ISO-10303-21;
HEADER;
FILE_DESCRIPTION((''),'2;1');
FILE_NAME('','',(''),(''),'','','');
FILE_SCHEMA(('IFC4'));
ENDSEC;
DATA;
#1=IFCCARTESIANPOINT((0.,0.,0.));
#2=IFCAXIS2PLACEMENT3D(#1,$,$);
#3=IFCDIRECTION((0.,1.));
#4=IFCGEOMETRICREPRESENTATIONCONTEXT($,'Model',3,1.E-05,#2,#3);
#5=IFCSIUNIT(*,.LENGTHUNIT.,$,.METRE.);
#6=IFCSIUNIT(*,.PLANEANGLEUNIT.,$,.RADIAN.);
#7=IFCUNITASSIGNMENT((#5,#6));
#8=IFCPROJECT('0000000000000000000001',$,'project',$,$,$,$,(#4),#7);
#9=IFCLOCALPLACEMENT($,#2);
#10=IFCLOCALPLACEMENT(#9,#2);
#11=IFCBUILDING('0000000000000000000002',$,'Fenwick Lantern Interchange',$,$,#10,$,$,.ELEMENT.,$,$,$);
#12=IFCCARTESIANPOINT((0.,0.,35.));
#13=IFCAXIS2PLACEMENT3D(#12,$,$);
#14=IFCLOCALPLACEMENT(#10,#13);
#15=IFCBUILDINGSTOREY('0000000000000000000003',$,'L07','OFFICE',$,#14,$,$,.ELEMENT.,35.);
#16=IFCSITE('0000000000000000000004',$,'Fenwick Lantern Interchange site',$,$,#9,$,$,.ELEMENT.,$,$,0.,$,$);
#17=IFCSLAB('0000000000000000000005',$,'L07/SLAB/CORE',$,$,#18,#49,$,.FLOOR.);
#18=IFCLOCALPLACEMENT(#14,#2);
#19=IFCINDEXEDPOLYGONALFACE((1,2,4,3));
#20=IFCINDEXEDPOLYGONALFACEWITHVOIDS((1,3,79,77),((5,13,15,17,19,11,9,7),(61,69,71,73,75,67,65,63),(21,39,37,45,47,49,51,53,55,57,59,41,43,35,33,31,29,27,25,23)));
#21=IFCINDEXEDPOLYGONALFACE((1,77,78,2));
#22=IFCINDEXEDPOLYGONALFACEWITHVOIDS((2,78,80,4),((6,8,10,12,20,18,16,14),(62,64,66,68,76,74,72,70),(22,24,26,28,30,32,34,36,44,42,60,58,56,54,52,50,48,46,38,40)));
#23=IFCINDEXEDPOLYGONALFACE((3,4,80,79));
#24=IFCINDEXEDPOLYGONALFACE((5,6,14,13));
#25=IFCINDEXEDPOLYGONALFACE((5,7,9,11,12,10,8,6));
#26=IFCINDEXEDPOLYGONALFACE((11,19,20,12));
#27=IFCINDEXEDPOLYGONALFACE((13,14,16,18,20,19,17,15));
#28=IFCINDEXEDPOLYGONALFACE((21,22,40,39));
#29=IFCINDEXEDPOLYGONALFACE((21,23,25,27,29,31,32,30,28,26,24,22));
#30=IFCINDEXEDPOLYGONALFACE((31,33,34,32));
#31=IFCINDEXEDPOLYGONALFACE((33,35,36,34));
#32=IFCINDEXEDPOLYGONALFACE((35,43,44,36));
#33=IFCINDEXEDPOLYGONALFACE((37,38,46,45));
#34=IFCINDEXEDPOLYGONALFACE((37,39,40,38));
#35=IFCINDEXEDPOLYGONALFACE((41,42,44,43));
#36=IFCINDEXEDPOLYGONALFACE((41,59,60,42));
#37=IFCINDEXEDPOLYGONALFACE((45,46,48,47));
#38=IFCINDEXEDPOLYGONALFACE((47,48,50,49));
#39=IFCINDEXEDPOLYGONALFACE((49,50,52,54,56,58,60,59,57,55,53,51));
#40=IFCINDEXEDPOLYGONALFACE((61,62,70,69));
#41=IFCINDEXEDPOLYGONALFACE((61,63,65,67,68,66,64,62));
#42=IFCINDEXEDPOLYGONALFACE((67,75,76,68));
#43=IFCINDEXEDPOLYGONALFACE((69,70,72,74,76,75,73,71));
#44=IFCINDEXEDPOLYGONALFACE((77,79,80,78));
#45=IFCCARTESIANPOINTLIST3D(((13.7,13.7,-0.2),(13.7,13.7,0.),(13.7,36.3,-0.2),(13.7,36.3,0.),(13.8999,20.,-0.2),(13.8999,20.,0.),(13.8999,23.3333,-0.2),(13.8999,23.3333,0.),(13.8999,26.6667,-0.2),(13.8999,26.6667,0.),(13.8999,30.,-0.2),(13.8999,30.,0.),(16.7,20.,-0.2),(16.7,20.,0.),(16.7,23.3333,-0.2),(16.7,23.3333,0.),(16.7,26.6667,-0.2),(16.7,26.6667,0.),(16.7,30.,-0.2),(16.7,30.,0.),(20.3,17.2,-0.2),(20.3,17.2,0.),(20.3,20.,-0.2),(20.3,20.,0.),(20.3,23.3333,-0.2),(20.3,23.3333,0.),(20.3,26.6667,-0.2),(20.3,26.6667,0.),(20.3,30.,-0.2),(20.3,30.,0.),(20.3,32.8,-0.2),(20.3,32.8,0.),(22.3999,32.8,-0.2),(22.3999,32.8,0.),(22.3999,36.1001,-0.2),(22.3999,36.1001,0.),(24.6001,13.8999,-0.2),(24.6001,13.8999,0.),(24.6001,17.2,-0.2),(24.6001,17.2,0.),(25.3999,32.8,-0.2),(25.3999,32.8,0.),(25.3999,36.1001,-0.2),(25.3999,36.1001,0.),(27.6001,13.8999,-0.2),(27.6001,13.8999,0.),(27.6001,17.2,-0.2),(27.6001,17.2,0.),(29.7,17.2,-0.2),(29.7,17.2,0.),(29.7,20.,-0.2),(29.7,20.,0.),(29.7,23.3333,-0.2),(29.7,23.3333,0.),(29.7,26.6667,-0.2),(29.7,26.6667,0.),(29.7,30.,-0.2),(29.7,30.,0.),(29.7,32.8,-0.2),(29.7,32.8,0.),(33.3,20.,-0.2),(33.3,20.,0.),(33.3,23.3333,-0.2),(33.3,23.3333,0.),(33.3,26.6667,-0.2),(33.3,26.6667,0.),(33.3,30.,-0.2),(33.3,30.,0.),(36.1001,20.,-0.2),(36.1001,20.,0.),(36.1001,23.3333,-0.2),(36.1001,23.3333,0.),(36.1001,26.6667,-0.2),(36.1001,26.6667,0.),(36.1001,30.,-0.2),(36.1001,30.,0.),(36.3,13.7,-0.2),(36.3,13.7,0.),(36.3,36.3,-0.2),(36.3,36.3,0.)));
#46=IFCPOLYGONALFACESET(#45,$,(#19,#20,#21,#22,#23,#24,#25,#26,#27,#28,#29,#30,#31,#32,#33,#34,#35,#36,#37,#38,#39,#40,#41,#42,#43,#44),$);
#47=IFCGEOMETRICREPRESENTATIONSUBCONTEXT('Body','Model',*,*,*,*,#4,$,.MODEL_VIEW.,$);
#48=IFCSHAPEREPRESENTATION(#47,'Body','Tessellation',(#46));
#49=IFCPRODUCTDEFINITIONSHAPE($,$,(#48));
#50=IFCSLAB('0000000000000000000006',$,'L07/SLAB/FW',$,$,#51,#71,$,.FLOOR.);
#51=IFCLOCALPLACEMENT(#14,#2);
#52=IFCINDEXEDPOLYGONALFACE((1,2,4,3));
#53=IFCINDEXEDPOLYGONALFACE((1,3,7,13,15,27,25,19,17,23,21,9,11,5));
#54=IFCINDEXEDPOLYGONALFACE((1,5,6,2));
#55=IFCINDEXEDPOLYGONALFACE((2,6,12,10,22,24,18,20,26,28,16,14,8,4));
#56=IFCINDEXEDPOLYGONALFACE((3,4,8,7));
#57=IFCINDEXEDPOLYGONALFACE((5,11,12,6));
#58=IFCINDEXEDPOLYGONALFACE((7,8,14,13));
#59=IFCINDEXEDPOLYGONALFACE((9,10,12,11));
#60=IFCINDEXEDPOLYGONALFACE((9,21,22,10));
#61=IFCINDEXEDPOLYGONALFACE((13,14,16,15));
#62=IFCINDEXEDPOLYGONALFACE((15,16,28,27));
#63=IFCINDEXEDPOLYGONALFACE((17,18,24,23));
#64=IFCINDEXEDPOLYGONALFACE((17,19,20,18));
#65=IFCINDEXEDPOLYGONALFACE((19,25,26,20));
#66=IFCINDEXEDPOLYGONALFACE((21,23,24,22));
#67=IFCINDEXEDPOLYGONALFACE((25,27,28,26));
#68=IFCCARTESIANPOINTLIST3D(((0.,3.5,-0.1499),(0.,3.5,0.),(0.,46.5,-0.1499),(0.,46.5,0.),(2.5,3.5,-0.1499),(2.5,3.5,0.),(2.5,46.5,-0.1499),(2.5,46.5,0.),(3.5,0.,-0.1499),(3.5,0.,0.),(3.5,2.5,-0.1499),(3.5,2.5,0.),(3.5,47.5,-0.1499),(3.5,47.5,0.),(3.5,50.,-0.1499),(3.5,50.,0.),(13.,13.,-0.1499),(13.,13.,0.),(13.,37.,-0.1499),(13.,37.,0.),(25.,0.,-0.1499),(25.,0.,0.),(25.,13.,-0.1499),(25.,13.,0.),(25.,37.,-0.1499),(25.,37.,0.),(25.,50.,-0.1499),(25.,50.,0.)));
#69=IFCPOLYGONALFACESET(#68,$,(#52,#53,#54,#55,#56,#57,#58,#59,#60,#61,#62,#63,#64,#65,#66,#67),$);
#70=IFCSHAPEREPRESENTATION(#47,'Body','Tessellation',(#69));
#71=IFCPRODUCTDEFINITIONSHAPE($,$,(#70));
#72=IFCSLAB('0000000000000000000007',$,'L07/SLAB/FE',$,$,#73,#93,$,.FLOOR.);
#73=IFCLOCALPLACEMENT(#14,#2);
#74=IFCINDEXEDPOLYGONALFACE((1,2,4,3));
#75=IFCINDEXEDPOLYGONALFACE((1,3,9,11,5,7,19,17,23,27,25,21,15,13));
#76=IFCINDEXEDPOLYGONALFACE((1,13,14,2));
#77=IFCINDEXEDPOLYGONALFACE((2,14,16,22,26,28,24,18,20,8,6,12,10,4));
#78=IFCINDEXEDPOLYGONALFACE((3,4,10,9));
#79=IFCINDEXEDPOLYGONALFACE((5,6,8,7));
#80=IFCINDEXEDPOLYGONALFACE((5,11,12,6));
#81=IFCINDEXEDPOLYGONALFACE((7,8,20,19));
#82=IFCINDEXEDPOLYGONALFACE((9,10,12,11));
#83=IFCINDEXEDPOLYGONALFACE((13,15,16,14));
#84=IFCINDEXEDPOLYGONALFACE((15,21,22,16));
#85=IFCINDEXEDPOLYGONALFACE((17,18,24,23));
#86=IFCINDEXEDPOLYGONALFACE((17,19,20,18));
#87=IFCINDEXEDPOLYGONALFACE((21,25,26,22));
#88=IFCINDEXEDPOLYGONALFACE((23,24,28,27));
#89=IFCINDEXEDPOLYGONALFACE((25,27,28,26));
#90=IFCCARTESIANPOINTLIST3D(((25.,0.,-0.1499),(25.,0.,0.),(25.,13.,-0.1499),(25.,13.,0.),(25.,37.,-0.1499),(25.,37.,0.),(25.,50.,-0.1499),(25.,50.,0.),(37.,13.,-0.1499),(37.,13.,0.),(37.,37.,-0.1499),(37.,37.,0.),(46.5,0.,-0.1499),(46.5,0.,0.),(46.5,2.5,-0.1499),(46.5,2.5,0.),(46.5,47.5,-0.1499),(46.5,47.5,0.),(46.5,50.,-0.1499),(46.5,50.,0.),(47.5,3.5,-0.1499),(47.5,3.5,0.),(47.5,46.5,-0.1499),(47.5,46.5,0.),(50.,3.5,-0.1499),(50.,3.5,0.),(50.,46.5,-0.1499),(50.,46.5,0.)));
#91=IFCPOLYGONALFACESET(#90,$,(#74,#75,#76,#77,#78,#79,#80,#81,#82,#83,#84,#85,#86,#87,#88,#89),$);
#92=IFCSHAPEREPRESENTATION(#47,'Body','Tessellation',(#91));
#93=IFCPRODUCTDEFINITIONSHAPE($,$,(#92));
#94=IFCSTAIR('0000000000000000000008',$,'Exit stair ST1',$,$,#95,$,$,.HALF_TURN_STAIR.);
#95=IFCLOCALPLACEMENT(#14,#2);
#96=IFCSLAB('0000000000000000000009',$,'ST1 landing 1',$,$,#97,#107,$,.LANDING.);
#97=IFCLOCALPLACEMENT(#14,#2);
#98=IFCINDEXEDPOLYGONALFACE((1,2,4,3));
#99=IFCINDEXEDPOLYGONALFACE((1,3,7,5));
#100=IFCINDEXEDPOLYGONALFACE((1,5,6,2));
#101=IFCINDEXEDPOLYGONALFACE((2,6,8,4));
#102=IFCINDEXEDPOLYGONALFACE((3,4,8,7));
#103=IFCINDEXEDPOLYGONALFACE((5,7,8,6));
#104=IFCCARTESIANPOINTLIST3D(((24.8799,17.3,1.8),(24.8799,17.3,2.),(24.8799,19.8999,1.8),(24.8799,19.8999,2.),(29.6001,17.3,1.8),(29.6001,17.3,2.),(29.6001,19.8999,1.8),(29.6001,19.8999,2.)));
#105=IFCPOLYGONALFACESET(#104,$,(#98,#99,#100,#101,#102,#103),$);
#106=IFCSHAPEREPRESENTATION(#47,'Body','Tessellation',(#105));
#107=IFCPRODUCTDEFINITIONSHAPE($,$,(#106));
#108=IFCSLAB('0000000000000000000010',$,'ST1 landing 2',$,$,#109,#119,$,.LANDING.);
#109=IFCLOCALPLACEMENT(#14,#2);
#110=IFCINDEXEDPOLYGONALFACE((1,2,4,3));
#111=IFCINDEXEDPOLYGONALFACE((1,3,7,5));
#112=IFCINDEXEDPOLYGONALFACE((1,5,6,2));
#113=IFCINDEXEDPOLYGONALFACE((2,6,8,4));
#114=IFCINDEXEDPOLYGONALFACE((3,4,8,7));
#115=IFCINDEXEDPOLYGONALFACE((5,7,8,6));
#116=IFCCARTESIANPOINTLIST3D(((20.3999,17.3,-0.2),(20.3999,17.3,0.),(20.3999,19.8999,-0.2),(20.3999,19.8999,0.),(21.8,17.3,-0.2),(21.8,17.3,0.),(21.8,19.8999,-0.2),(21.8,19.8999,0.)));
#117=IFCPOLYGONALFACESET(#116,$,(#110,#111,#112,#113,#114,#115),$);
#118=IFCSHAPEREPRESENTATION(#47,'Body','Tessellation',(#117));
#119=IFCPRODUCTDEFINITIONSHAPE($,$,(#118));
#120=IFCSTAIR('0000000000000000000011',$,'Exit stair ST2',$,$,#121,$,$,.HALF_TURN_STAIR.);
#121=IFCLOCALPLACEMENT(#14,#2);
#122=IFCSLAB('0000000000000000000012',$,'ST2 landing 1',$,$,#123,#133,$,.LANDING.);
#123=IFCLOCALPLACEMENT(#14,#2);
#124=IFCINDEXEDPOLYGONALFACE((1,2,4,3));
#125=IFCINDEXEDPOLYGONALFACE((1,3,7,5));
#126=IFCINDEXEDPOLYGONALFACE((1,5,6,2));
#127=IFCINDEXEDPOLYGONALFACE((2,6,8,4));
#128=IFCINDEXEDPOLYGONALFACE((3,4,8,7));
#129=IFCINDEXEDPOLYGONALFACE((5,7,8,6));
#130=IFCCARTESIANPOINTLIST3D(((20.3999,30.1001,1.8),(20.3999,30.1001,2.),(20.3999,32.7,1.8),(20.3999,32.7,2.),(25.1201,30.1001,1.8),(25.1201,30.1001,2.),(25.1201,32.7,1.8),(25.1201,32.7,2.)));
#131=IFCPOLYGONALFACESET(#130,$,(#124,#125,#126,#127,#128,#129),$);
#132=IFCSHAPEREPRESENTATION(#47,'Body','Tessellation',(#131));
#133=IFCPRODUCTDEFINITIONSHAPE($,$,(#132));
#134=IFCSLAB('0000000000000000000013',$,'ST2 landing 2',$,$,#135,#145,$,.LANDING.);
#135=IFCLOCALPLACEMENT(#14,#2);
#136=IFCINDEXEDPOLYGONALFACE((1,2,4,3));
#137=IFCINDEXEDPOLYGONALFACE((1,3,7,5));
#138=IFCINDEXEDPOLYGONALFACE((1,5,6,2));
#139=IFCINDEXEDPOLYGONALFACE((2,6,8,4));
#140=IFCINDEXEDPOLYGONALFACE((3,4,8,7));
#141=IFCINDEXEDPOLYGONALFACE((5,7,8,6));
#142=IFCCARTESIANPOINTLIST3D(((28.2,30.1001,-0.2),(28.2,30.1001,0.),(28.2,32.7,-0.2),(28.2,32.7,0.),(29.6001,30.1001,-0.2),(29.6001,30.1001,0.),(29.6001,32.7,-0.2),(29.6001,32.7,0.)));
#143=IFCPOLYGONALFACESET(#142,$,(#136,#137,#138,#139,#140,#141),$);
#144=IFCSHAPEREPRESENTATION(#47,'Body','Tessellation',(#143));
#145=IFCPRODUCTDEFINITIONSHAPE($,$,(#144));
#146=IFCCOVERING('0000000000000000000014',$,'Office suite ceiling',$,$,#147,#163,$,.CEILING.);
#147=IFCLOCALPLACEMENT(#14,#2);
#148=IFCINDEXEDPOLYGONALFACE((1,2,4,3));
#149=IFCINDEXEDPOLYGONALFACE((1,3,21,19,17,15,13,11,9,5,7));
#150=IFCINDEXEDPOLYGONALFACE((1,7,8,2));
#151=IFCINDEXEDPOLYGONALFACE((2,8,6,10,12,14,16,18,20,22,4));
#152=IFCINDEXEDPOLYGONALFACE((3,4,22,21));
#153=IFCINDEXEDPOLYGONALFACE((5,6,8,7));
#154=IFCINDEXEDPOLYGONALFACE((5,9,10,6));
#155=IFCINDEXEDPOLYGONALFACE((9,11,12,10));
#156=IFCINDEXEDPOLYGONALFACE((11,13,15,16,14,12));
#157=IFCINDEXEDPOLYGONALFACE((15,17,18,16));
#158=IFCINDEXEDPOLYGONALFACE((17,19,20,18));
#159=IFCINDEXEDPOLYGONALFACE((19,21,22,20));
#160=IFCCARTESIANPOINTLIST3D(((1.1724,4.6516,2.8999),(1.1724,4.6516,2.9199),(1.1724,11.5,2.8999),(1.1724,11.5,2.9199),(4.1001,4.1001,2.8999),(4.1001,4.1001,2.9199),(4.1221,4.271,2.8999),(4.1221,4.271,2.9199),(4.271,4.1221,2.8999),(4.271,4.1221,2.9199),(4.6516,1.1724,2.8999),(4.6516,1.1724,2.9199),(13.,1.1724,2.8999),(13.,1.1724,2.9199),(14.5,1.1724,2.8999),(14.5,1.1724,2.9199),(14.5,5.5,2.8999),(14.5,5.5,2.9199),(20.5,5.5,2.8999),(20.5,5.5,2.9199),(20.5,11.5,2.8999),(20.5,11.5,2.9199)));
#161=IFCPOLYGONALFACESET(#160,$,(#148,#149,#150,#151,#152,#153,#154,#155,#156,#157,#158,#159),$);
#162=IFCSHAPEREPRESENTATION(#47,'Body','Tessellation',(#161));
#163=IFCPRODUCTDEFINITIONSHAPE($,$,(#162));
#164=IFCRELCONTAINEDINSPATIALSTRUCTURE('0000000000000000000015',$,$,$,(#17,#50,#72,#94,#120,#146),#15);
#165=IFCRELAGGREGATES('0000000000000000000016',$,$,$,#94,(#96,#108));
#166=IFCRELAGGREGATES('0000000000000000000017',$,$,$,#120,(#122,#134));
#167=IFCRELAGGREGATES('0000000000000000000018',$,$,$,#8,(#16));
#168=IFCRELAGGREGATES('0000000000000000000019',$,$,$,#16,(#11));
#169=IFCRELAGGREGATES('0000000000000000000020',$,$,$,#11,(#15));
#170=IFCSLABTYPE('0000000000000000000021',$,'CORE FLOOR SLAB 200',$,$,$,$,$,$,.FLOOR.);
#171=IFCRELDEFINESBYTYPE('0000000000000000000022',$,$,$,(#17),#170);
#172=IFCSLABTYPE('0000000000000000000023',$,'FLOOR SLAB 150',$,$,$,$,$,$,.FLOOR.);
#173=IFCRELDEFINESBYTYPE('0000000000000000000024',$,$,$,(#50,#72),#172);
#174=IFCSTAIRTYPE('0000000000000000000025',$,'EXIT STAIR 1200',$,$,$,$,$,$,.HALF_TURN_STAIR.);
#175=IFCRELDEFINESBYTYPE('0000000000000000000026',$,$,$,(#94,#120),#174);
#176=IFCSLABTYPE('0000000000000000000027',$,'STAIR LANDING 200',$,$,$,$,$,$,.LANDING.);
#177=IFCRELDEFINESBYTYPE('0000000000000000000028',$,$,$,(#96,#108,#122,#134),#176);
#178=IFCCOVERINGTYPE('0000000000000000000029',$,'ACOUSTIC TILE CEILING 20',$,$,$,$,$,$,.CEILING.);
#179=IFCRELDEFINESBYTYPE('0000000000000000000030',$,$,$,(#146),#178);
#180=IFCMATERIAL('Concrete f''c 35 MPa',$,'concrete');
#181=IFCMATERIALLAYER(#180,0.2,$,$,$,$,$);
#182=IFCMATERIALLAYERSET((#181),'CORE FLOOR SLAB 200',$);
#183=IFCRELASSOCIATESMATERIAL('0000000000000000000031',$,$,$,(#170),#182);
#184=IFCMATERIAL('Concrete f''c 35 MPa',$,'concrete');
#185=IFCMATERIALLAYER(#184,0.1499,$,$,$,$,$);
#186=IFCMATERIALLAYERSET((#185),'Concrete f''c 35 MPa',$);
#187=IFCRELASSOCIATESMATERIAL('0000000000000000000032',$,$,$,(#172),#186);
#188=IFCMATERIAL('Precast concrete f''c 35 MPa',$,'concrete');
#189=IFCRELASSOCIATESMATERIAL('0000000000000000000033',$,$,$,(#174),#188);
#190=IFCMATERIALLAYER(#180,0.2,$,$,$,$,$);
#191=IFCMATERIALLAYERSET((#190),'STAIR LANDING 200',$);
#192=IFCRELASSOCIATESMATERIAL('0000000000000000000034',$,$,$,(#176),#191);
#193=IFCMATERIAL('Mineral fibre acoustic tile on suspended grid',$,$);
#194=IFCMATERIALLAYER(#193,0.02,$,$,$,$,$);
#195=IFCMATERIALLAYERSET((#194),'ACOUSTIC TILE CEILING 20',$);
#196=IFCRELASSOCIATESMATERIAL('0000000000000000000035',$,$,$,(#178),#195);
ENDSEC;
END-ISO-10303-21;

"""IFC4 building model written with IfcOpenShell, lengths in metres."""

from ifc_helpers import new_model, si_unit, direction, frame, origin, place, context, subcontext, project, spatial, polyline, outline, extrude, material, layer, layer_set, type_object, element, aggregate, save


model = new_model("IFC4")

# Units and contexts
model_context = context("Model", 3, precision=1e-05, world=origin(), true_north=direction((0.0, 1.0)))
body_context = subcontext(model_context, "Body", "Model", "MODEL_VIEW")
ifc_project = project(units=[si_unit("LENGTHUNIT", "METRE"), si_unit("PLANEANGLEUNIT", "RADIAN")], contexts=[model_context])

# Site, building, storey
site_placement = place(None, origin())
site = spatial("IfcSite", under=ifc_project, at=site_placement, Name="Fenwick Lantern Interchange site", CompositionType="ELEMENT", RefElevation=0.0)
building_placement = place(site_placement, origin())
building = spatial("IfcBuilding", under=site, at=building_placement, Name="Fenwick Lantern Interchange", CompositionType="ELEMENT")
storey_placement = place(building_placement, frame((0.0, 0.0, 35.0)))
storey = spatial("IfcBuildingStorey", under=building, at=storey_placement, Name="L07", Description="OFFICE", CompositionType="ELEMENT", Elevation=35.0)

# Slabs
ifc_material_1 = material(Name="Concrete f'c 35 MPa", Category="concrete")
ifc_layer_1 = layer(ifc_material_1, 0.2)
ifc_layer_set_1 = layer_set([ifc_layer_1], Name="CORE FLOOR SLAB 200")
slab_type_1 = type_object("IfcSlabType", Name="CORE FLOOR SLAB 200", PredefinedType="FLOOR", material=ifc_layer_set_1)
slab_1_placement = place(storey_placement, frame((0.0, 0.0, -0.2)))
element("IfcSlab", 1, at=slab_1_placement, inside=storey, type_object=slab_type_1, Name="L07/SLAB/CORE", PredefinedType="FLOOR", context=body_context, shape_type="SweptSolid", body=[
    extrude(outline(polyline([(13.7, 36.3), (36.3, 36.3), (36.3, 13.7), (13.7, 13.7), (13.7, 36.3)]), holes=[polyline([(13.8999, 20.0), (16.7, 20.0), (16.7, 23.3333), (16.7, 26.6667), (16.7, 30.0), (13.8999, 30.0), (13.8999, 26.6667), (13.8999, 23.3333), (13.8999, 20.0)]), polyline([(20.3, 20.0), (20.3, 17.2), (24.6001, 17.2), (24.6001, 13.8999), (27.6001, 13.8999), (27.6001, 17.2), (29.7, 17.2), (29.7, 20.0), (29.7, 23.3333), (29.7, 26.6667), (29.7, 30.0), (29.7, 32.8), (25.3999, 32.8), (25.3999, 36.1001), (22.3999, 36.1001), (22.3999, 32.8), (20.3, 32.8), (20.3, 30.0), (20.3, 26.6667), (20.3, 23.3333), (20.3, 20.0)]), polyline([(33.3, 23.3333), (33.3, 20.0), (36.1001, 20.0), (36.1001, 23.3333), (36.1001, 26.6667), (36.1001, 30.0), (33.3, 30.0), (33.3, 26.6667), (33.3, 23.3333)])]), origin(), (0.0, 0.0, 1.0), 0.2),
])
ifc_material_2 = material(Name="Concrete f'c 35 MPa", Category="concrete")
ifc_layer_2 = layer(ifc_material_2, 0.1499)
ifc_layer_set_2 = layer_set([ifc_layer_2], Name="Concrete f'c 35 MPa")
slab_type_2 = type_object("IfcSlabType", Name="FLOOR SLAB 150", PredefinedType="FLOOR", material=ifc_layer_set_2)
slab_2_placement = place(storey_placement, frame((0.0, 0.0, -0.1499)))
element("IfcSlab", 2, at=slab_2_placement, inside=storey, type_object=slab_type_2, Name="L07/SLAB/FW", PredefinedType="FLOOR", context=body_context, shape_type="SweptSolid", body=[
    extrude(outline(polyline([(3.5, 0.0), (3.5, 2.5), (2.5, 3.5), (0.0, 3.5), (0.0, 46.5), (2.5, 46.5), (3.5, 47.5), (3.5, 50.0), (25.0, 50.0), (25.0, 37.0), (13.0, 37.0), (13.0, 13.0), (25.0, 13.0), (25.0, 0.0), (3.5, 0.0)])), origin(), (0.0, 0.0, 1.0), 0.1499),
])
slab_3_placement = place(storey_placement, frame((0.0, 0.0, -0.1499)))
element("IfcSlab", 3, at=slab_3_placement, inside=storey, type_object=slab_type_2, Name="L07/SLAB/FE", PredefinedType="FLOOR", context=body_context, shape_type="SweptSolid", body=[
    extrude(outline(polyline([(46.5, 50.0), (46.5, 47.5), (47.5, 46.5), (50.0, 46.5), (50.0, 3.5), (47.5, 3.5), (46.5, 2.5), (46.5, 0.0), (25.0, 0.0), (25.0, 13.0), (37.0, 13.0), (37.0, 37.0), (25.0, 37.0), (25.0, 50.0), (46.5, 50.0)])), origin(), (0.0, 0.0, 1.0), 0.1499),
])

# Stairs, slabs
ifc_material_3 = material(Name="Precast concrete f'c 35 MPa", Category="concrete")
stair_type = type_object("IfcStairType", Name="EXIT STAIR 1200", PredefinedType="HALF_TURN_STAIR", material=ifc_material_3)
stair_1_placement = place(storey_placement, origin())
stair_1 = element("IfcStair", 4, at=stair_1_placement, inside=storey, type_object=stair_type, Name="Exit stair ST1", PredefinedType="HALF_TURN_STAIR")
ifc_layer_3 = layer(ifc_material_1, 0.2)
ifc_layer_set_3 = layer_set([ifc_layer_3], Name="STAIR LANDING 200")
slab_type_3 = type_object("IfcSlabType", Name="STAIR LANDING 200", PredefinedType="LANDING", material=ifc_layer_set_3)
slab_4_placement = place(storey_placement, frame((0.0, 0.0, 1.8)))
slab_4 = element("IfcSlab", 5, at=slab_4_placement, type_object=slab_type_3, Name="ST1 landing 1", PredefinedType="LANDING", context=body_context, shape_type="SweptSolid", body=[
    extrude(outline(polyline([(24.8799, 17.3), (29.6001, 17.3), (29.6001, 19.8999), (24.8799, 19.8999), (24.8799, 17.3)])), origin(), (0.0, 0.0, 1.0), 0.2),
])
slab_5_placement = place(storey_placement, frame((0.0, 0.0, -0.2)))
slab_5 = element("IfcSlab", 6, at=slab_5_placement, type_object=slab_type_3, Name="ST1 landing 2", PredefinedType="LANDING", context=body_context, shape_type="SweptSolid", body=[
    extrude(outline(polyline([(20.3999, 17.3), (21.8, 17.3), (21.8, 19.8999), (20.3999, 19.8999), (20.3999, 17.3)])), origin(), (0.0, 0.0, 1.0), 0.2),
])
aggregate(stair_1, [slab_4, slab_5])
stair_2_placement = place(storey_placement, origin())
stair_2 = element("IfcStair", 7, at=stair_2_placement, inside=storey, type_object=stair_type, Name="Exit stair ST2", PredefinedType="HALF_TURN_STAIR")
slab_6_placement = place(storey_placement, frame((0.0, 0.0, 1.8)))
slab_6 = element("IfcSlab", 8, at=slab_6_placement, type_object=slab_type_3, Name="ST2 landing 1", PredefinedType="LANDING", context=body_context, shape_type="SweptSolid", body=[
    extrude(outline(polyline([(25.1201, 32.7), (20.3999, 32.7), (20.3999, 30.1001), (25.1201, 30.1001), (25.1201, 32.7)])), origin(), (0.0, 0.0, 1.0), 0.2),
])
slab_7_placement = place(storey_placement, frame((0.0, 0.0, -0.2)))
slab_7 = element("IfcSlab", 9, at=slab_7_placement, type_object=slab_type_3, Name="ST2 landing 2", PredefinedType="LANDING", context=body_context, shape_type="SweptSolid", body=[
    extrude(outline(polyline([(29.6001, 32.7), (28.2, 32.7), (28.2, 30.1001), (29.6001, 30.1001), (29.6001, 32.7)])), origin(), (0.0, 0.0, 1.0), 0.2),
])
aggregate(stair_2, [slab_6, slab_7])

# Covering
ifc_material_4 = material(Name="Mineral fibre acoustic tile on suspended grid")
ifc_layer_4 = layer(ifc_material_4, 0.02)
ifc_layer_set_4 = layer_set([ifc_layer_4], Name="ACOUSTIC TILE CEILING 20")
covering_type_1 = type_object("IfcCoveringType", Name="ACOUSTIC TILE CEILING 20", PredefinedType="CEILING", material=ifc_layer_set_4)
covering_1_placement = place(storey_placement, frame((0.0, 0.0, 2.8999)))
element("IfcCovering", 10, at=covering_1_placement, inside=storey, type_object=covering_type_1, Name="Office suite ceiling", PredefinedType="CEILING", context=body_context, shape_type="SweptSolid", body=[
    extrude(outline(polyline([(20.5, 11.5), (1.1724, 11.5), (1.1724, 4.6516), (4.1221, 4.271), (4.1001, 4.1001), (4.271, 4.1221), (4.6516, 1.1724), (13.0, 1.1724), (14.5, 1.1724), (14.5, 5.5), (20.5, 5.5), (20.5, 11.5)])), origin(), (0.0, 0.0, 1.0), 0.02),
])

save(model, "model.ifc")
